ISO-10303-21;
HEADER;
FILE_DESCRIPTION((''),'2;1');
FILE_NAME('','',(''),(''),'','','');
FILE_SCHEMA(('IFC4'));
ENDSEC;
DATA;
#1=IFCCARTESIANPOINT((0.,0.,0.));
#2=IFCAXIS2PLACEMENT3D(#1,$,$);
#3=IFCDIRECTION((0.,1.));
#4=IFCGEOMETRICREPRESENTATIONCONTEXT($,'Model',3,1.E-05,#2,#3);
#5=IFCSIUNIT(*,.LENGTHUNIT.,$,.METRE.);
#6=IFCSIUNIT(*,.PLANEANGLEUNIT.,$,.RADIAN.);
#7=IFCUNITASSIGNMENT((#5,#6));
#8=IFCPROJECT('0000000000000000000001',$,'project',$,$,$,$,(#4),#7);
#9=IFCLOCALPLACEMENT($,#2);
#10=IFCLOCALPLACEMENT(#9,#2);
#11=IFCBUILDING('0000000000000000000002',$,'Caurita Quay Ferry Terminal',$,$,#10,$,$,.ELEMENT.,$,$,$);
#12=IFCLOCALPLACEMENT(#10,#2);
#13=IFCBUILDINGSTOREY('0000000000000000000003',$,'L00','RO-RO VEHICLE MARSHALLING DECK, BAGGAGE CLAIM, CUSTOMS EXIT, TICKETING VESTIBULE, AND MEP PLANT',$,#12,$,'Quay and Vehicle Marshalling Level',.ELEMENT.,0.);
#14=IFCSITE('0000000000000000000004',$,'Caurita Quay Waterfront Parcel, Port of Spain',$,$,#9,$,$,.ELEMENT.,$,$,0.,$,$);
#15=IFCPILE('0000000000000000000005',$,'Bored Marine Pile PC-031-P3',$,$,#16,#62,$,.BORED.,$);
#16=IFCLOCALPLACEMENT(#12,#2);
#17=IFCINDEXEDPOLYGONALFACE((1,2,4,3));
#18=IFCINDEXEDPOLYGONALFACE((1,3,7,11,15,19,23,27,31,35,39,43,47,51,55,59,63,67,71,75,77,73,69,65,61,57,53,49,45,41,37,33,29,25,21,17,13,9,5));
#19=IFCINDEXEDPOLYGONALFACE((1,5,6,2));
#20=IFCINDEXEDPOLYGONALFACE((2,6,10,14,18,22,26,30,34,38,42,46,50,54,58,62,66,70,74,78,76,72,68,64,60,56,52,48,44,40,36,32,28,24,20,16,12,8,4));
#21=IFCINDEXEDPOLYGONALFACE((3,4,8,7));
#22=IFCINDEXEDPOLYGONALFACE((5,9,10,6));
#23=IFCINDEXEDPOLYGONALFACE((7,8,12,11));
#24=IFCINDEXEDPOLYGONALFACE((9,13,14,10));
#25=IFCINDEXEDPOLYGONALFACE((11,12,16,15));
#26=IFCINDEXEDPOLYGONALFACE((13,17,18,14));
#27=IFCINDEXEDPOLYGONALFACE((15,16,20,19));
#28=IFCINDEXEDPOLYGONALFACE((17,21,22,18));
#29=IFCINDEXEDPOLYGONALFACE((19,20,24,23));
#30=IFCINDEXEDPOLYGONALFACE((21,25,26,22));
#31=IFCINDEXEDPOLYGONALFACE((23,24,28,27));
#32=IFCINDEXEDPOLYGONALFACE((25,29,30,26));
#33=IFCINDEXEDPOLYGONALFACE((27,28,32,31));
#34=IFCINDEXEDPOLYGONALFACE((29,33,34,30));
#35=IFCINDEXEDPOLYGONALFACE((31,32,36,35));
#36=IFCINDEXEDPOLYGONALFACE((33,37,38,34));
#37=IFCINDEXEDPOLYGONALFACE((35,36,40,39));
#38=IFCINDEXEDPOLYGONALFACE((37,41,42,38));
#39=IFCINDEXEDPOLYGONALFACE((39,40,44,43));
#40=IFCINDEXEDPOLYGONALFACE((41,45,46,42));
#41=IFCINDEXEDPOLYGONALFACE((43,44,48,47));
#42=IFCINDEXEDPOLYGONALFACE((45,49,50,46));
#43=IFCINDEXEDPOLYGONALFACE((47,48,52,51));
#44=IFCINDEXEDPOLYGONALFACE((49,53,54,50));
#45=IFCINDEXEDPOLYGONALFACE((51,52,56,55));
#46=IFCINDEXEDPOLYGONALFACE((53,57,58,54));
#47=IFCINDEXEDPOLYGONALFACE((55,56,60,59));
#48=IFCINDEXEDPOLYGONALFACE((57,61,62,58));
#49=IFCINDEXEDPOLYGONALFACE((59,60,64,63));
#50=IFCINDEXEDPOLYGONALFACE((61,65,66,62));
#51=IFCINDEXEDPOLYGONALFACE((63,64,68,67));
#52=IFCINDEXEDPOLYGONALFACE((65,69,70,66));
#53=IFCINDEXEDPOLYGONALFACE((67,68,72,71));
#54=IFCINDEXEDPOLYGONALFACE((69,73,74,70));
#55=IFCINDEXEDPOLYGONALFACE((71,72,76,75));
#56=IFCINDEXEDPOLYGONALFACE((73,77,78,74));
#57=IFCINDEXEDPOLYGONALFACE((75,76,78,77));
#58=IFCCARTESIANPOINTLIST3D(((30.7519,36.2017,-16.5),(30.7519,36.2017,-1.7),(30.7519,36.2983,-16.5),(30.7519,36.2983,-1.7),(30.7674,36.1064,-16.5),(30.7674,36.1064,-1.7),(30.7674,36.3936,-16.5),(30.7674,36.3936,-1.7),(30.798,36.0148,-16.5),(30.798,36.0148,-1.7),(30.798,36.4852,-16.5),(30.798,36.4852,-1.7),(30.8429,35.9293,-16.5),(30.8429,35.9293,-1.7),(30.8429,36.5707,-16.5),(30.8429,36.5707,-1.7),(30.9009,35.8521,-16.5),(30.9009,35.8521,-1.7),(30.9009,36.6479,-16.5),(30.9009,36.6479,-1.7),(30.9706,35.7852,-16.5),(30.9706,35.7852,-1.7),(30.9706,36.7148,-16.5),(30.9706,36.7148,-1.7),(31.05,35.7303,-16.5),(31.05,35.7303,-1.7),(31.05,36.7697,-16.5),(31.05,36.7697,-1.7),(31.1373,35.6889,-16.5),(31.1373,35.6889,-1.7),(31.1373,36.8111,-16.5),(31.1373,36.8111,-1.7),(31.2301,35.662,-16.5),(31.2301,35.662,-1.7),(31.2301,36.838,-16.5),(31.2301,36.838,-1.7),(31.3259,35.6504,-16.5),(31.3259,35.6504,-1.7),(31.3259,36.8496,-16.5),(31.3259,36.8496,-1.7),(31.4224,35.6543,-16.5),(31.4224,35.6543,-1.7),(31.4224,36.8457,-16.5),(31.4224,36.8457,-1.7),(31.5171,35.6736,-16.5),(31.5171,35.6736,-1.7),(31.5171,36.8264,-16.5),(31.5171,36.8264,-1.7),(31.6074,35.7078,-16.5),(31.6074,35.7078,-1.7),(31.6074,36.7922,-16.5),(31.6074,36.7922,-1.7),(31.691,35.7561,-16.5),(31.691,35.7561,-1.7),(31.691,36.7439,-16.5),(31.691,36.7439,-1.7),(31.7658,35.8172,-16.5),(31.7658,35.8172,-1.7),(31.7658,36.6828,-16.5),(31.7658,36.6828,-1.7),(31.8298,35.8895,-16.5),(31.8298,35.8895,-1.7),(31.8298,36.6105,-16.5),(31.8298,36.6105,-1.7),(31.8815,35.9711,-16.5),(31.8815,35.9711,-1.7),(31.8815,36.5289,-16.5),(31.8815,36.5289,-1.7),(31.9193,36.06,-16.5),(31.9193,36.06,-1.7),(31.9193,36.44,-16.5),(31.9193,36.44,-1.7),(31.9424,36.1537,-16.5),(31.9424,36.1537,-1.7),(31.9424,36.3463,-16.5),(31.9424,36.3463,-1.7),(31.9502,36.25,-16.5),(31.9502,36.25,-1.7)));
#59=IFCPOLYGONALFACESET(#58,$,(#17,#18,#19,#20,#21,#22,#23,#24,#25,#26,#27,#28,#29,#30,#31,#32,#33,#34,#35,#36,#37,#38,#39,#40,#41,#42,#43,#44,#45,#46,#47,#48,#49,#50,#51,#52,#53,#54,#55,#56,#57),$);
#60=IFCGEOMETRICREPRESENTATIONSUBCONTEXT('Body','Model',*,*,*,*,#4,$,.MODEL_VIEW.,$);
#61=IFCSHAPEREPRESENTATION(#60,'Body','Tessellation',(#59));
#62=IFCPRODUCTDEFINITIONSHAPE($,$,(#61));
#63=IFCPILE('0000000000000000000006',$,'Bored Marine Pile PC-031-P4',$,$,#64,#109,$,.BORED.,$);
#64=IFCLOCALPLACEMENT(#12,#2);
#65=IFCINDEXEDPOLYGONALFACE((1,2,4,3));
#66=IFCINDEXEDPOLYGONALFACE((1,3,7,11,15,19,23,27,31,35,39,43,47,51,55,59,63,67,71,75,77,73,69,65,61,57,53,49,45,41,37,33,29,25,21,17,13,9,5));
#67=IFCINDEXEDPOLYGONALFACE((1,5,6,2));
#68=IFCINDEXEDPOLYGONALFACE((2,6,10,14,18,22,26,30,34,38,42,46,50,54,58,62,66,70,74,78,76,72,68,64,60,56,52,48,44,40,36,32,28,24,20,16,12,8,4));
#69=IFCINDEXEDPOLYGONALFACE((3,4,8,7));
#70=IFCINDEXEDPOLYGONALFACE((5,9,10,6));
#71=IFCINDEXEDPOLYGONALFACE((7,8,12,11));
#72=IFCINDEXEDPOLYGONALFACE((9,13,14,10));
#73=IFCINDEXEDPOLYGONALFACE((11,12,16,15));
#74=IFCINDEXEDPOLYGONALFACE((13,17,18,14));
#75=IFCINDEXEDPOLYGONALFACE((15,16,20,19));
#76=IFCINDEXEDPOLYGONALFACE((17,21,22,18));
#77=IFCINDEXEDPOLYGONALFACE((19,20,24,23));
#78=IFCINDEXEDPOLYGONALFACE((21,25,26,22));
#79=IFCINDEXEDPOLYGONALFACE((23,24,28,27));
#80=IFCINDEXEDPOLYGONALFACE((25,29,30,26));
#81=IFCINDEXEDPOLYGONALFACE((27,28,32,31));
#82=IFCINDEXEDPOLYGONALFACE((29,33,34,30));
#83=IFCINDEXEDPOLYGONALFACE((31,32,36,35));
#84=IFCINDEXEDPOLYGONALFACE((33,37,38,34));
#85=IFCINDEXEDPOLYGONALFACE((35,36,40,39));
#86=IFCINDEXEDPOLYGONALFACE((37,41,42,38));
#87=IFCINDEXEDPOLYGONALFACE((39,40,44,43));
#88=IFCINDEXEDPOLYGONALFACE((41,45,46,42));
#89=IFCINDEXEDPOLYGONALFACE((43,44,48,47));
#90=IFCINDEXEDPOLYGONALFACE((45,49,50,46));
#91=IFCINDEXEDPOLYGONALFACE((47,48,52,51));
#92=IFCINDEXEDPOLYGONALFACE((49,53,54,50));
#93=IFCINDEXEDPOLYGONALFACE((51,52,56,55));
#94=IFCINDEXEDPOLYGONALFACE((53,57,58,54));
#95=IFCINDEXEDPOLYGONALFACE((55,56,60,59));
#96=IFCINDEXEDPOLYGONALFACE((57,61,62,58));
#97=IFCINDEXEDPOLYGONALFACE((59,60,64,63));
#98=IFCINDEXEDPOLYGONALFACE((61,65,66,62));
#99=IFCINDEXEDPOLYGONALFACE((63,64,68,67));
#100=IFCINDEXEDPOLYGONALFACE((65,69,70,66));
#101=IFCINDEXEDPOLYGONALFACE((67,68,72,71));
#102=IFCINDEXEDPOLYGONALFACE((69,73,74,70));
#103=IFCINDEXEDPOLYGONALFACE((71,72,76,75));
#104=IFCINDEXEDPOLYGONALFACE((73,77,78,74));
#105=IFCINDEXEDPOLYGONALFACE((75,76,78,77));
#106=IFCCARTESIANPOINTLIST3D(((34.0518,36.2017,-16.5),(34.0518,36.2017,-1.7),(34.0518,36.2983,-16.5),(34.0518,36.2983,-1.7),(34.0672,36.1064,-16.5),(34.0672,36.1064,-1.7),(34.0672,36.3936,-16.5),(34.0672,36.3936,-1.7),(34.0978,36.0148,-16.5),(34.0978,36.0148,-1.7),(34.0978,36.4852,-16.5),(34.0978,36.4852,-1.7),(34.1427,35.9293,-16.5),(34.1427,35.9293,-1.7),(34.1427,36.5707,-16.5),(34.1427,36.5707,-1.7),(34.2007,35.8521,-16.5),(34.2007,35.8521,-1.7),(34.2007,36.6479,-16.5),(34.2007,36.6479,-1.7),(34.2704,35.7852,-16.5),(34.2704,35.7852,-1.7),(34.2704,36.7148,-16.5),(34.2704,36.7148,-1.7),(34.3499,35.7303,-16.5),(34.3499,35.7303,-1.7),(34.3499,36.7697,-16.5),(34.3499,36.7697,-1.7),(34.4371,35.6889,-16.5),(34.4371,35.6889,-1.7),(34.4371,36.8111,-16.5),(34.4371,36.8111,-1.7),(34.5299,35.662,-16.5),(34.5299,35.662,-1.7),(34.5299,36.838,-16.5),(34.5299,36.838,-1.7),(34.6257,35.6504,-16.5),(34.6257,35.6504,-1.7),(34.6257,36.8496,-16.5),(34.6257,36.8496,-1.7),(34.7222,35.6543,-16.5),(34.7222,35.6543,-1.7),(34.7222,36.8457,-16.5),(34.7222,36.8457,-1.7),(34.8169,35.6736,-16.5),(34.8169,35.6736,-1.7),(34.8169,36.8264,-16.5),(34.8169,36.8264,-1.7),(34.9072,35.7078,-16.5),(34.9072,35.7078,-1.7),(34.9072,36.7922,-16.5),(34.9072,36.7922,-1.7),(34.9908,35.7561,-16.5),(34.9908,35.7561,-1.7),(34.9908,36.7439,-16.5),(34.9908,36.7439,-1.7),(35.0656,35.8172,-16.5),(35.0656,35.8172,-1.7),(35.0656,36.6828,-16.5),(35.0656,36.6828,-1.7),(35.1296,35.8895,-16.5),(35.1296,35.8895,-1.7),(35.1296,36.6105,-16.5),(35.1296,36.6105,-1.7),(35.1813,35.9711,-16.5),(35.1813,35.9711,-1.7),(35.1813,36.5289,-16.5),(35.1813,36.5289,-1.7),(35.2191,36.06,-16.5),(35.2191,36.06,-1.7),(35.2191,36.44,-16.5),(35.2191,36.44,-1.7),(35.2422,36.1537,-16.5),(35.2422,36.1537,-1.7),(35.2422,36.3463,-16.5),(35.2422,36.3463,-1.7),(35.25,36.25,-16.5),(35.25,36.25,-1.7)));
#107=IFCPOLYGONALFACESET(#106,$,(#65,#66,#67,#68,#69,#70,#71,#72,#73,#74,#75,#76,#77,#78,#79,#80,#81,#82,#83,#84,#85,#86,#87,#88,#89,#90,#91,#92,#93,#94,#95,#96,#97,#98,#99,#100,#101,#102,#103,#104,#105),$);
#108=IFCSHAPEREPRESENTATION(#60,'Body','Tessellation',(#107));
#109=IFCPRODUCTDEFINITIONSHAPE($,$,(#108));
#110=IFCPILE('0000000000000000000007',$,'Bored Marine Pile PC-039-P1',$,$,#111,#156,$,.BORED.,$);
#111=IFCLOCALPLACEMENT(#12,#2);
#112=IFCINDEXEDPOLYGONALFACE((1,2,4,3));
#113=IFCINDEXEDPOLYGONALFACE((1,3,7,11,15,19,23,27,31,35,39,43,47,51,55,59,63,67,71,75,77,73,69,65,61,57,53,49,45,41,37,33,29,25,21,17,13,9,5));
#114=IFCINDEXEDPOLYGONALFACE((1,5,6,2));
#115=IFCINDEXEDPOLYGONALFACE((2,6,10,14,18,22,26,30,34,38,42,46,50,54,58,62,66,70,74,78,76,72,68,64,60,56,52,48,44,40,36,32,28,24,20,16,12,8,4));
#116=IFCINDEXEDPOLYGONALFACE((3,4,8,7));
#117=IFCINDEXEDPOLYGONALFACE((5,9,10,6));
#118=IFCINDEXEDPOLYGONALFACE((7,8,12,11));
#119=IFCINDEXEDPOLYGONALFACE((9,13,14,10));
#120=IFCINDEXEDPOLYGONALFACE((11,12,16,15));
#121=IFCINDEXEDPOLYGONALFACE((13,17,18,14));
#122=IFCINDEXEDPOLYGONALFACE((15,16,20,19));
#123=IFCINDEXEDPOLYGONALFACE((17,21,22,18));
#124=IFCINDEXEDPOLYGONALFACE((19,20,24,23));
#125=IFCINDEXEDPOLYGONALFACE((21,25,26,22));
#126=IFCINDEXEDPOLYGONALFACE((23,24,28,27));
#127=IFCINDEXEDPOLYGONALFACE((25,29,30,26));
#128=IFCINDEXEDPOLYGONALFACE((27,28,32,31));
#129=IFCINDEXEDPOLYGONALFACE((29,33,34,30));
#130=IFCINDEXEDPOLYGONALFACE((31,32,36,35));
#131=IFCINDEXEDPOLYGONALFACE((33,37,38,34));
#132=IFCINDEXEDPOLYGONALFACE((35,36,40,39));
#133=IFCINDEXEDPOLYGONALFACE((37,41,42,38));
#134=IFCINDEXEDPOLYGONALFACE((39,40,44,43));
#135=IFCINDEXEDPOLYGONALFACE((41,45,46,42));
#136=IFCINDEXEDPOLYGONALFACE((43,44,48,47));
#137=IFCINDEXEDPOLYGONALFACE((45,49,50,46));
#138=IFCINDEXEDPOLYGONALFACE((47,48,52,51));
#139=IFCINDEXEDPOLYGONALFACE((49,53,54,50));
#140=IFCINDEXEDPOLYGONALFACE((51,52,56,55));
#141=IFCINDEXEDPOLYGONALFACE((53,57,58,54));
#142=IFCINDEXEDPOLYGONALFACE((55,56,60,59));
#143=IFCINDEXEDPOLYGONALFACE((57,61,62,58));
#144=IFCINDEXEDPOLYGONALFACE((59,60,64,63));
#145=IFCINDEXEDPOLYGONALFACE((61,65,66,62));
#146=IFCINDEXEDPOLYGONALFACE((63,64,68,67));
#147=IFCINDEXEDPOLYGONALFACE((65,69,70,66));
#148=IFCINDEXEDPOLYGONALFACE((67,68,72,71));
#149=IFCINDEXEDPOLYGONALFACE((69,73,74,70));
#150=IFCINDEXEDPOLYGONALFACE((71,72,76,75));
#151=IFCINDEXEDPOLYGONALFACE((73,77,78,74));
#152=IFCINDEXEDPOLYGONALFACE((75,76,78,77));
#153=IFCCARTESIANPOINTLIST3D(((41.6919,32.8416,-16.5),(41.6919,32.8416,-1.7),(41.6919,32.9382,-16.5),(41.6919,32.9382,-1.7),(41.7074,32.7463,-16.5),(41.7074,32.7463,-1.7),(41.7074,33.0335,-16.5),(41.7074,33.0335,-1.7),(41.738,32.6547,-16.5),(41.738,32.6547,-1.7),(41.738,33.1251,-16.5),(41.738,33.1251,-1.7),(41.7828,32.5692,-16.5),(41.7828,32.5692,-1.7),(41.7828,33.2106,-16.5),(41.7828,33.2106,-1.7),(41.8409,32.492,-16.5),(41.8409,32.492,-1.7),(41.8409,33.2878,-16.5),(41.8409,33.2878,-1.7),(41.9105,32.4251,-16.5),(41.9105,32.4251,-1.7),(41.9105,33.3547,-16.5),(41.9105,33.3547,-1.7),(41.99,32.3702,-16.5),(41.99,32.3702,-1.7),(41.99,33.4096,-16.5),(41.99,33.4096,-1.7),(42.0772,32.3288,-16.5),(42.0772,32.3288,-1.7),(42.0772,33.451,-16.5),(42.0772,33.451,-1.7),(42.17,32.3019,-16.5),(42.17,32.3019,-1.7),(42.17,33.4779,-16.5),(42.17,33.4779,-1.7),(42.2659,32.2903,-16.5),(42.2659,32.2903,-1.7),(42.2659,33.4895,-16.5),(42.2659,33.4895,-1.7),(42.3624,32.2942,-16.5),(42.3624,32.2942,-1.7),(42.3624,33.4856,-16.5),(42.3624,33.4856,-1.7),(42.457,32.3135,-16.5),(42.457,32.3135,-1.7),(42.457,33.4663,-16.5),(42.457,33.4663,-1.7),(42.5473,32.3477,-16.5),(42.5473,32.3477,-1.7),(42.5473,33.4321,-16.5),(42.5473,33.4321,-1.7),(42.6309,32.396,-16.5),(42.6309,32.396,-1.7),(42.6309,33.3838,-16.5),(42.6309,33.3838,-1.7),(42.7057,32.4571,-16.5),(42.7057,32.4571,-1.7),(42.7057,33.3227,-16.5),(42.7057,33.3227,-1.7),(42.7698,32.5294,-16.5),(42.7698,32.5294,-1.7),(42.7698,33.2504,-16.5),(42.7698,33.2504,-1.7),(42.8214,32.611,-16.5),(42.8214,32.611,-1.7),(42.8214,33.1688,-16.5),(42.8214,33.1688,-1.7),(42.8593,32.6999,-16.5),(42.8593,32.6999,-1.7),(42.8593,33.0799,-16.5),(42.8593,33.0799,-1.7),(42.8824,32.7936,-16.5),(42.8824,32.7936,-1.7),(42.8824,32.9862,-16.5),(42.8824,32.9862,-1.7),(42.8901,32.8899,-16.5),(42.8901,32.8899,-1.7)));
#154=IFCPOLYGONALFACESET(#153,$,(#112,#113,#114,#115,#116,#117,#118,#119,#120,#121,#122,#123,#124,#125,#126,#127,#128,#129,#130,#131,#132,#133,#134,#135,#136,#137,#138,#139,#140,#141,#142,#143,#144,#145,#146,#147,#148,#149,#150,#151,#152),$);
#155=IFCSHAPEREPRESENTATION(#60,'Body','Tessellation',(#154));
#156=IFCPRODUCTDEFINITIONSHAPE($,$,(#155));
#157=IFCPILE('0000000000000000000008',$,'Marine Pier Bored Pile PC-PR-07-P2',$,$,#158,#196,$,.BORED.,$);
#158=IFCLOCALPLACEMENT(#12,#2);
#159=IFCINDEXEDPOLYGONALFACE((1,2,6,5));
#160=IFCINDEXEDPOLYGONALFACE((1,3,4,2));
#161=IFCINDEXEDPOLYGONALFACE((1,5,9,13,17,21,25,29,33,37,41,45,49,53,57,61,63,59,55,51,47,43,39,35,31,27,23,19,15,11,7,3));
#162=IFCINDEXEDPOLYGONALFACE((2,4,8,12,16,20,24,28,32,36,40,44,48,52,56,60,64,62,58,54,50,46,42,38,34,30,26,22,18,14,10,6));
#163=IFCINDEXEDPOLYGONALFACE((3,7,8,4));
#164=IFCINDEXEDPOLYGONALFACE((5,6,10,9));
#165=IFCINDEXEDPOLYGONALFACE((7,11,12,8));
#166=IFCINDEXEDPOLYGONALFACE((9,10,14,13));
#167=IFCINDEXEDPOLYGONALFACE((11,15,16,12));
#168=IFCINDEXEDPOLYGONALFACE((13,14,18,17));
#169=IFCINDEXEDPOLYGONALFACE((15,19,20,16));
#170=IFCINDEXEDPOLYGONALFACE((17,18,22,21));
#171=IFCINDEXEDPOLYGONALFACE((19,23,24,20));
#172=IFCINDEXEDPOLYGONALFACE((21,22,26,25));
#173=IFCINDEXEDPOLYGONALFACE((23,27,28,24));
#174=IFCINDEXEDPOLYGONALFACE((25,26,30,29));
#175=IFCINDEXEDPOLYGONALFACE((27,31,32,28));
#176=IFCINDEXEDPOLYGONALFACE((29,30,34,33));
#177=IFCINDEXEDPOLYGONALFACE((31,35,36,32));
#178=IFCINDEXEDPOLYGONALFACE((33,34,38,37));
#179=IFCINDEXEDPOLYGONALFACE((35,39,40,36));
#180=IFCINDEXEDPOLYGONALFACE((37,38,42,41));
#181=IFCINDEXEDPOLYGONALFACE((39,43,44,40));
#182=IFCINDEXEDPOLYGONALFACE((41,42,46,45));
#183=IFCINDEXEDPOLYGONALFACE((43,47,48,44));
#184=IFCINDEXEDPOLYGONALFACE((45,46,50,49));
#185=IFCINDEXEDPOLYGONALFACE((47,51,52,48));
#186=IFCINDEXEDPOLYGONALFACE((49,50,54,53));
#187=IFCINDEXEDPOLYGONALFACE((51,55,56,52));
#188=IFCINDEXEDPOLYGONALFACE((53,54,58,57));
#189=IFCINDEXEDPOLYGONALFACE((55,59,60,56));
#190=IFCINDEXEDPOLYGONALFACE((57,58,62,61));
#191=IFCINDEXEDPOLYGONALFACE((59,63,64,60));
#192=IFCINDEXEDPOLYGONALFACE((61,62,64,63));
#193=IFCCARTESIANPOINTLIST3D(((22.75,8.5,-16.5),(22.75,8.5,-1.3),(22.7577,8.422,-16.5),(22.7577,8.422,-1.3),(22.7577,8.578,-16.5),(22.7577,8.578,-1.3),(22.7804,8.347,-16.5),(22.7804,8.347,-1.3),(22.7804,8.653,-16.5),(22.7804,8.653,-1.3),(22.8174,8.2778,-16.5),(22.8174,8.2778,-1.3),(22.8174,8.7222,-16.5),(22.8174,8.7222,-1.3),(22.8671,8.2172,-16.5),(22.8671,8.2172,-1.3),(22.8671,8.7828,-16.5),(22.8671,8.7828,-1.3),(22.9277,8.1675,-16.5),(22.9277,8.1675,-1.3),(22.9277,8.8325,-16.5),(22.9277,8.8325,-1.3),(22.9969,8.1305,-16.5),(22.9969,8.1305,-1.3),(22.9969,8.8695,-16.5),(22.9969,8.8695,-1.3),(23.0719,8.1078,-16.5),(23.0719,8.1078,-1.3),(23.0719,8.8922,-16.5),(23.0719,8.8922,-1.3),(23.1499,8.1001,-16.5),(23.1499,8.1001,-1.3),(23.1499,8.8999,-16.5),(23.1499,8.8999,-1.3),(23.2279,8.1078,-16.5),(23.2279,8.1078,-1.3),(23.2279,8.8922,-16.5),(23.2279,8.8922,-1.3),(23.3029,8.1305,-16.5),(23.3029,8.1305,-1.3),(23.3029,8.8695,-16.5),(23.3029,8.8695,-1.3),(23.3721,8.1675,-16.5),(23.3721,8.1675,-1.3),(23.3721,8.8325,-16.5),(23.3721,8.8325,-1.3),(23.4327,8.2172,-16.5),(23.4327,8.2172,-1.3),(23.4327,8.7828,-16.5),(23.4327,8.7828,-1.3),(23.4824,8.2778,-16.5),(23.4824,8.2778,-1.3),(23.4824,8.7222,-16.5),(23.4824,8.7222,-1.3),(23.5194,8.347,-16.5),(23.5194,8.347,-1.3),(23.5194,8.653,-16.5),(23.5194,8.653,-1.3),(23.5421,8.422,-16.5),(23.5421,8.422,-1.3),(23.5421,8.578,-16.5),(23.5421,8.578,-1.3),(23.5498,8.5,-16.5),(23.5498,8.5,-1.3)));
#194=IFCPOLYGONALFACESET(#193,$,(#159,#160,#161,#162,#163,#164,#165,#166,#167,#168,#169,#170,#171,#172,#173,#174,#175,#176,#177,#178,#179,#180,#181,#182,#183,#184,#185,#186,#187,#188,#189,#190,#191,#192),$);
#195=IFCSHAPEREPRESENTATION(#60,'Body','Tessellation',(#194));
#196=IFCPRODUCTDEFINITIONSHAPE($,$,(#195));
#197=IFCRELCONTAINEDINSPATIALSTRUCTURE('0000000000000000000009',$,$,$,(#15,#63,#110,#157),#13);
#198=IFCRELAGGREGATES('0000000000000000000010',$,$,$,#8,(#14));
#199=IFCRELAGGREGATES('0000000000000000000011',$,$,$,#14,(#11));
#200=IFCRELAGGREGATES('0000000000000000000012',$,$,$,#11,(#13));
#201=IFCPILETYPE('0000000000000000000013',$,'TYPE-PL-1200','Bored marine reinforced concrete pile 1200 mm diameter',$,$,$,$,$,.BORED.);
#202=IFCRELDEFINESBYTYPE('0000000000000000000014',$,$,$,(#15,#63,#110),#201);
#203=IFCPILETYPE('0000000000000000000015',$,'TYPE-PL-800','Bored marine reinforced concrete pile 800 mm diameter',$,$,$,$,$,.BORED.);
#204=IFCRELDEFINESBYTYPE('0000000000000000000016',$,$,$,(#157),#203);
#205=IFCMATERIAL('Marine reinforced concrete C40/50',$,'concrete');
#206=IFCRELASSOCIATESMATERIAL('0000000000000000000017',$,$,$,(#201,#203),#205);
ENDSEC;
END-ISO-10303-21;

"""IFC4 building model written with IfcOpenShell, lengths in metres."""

from ifc_helpers import new_model, si_unit, direction, frame, origin, origin_2d, place, context, subcontext, project, spatial, circle, extrude, material, material_profile, profile_set, type_object, element, save


model = new_model("IFC4")

# Units and contexts
model_context = context("Model", 3, precision=1e-05, world=origin(), true_north=direction((0.0, 1.0)))
body_context = subcontext(model_context, "Body", "Model", "MODEL_VIEW")
ifc_project = project(units=[si_unit("LENGTHUNIT", "METRE"), si_unit("PLANEANGLEUNIT", "RADIAN")], contexts=[model_context])

# Site, building, storey
site_placement = place(None, origin())
site = spatial("IfcSite", under=ifc_project, at=site_placement, Name="Caurita Quay Waterfront Parcel, Port of Spain", CompositionType="ELEMENT", RefElevation=0.0)
building_placement = place(site_placement, origin())
building = spatial("IfcBuilding", under=site, at=building_placement, Name="Caurita Quay Ferry Terminal", CompositionType="ELEMENT")
storey_placement = place(building_placement, origin())
storey = spatial("IfcBuildingStorey", under=building, at=storey_placement, Name="L00", Description="RO-RO VEHICLE MARSHALLING DECK, BAGGAGE CLAIM, CUSTOMS EXIT, TICKETING VESTIBULE, AND MEP PLANT", LongName="Quay and Vehicle Marshalling Level", CompositionType="ELEMENT", Elevation=0.0)

# Piles
ifc_material_1 = material(Name="Marine reinforced concrete C40/50", Category="concrete")
ifc_material_profile_1 = material_profile(ifc_material_1, circle(Radius=0.6001, at=origin_2d()), Name="PILE-D1200")
ifc_profile_set_1 = profile_set([ifc_material_profile_1], Name="Marine reinforced concrete C40/50")
pile_type_1 = type_object("IfcPileType", Name="TYPE-PL-1200", Description="Bored marine reinforced concrete pile 1200 mm diameter", PredefinedType="BORED", material=ifc_profile_set_1)
for number, where, z_axis, x_axis, name in (
    (1, (31.3501, 36.25, -1.7), (0.0, 0.0, -1.0), (1.0, 0.0, 0.0), "Bored Marine Pile PC-031-P3"),
    (2, (34.6499, 36.25, -1.7), (0.0, 0.0, -1.0), (1.0, 0.0, 0.0), "Bored Marine Pile PC-031-P4"),
    (3, (42.29, 32.8899, -1.7), (0.0, 0.0, -1.0), (1.0, 0.0, 0.0), "Bored Marine Pile PC-039-P1"),
):
    element("IfcPile", number, at=place(storey_placement, frame(where, z_axis=z_axis, x_axis=x_axis)), inside=storey, type_object=pile_type_1, Name=name, PredefinedType="BORED", context=body_context, shape_type="SweptSolid", body=[
        extrude(circle(Radius=0.6001, at=origin_2d()), origin(), (0.0, 0.0, 1.0), 14.8),
    ])
ifc_material_profile_2 = material_profile(ifc_material_1, circle(Radius=0.3999, at=origin_2d()), Name="PILE-D800")
ifc_profile_set_2 = profile_set([ifc_material_profile_2], Name="Marine reinforced concrete C40/50")
pile_type_2 = type_object("IfcPileType", Name="TYPE-PL-800", Description="Bored marine reinforced concrete pile 800 mm diameter", PredefinedType="BORED", material=ifc_profile_set_2)
for number, where, z_axis, x_axis, name in (
    (4, (23.1499, 8.5, -1.3), (0.0, 0.0, -1.0), (1.0, 0.0, 0.0), "Marine Pier Bored Pile PC-PR-07-P2"),
):
    element("IfcPile", number, at=place(storey_placement, frame(where, z_axis=z_axis, x_axis=x_axis)), inside=storey, type_object=pile_type_2, Name=name, PredefinedType="BORED", context=body_context, shape_type="SweptSolid", body=[
        extrude(circle(Radius=0.3999, at=origin_2d()), origin(), (0.0, 0.0, 1.0), 15.2),
    ])

save(model, "model.ifc")
